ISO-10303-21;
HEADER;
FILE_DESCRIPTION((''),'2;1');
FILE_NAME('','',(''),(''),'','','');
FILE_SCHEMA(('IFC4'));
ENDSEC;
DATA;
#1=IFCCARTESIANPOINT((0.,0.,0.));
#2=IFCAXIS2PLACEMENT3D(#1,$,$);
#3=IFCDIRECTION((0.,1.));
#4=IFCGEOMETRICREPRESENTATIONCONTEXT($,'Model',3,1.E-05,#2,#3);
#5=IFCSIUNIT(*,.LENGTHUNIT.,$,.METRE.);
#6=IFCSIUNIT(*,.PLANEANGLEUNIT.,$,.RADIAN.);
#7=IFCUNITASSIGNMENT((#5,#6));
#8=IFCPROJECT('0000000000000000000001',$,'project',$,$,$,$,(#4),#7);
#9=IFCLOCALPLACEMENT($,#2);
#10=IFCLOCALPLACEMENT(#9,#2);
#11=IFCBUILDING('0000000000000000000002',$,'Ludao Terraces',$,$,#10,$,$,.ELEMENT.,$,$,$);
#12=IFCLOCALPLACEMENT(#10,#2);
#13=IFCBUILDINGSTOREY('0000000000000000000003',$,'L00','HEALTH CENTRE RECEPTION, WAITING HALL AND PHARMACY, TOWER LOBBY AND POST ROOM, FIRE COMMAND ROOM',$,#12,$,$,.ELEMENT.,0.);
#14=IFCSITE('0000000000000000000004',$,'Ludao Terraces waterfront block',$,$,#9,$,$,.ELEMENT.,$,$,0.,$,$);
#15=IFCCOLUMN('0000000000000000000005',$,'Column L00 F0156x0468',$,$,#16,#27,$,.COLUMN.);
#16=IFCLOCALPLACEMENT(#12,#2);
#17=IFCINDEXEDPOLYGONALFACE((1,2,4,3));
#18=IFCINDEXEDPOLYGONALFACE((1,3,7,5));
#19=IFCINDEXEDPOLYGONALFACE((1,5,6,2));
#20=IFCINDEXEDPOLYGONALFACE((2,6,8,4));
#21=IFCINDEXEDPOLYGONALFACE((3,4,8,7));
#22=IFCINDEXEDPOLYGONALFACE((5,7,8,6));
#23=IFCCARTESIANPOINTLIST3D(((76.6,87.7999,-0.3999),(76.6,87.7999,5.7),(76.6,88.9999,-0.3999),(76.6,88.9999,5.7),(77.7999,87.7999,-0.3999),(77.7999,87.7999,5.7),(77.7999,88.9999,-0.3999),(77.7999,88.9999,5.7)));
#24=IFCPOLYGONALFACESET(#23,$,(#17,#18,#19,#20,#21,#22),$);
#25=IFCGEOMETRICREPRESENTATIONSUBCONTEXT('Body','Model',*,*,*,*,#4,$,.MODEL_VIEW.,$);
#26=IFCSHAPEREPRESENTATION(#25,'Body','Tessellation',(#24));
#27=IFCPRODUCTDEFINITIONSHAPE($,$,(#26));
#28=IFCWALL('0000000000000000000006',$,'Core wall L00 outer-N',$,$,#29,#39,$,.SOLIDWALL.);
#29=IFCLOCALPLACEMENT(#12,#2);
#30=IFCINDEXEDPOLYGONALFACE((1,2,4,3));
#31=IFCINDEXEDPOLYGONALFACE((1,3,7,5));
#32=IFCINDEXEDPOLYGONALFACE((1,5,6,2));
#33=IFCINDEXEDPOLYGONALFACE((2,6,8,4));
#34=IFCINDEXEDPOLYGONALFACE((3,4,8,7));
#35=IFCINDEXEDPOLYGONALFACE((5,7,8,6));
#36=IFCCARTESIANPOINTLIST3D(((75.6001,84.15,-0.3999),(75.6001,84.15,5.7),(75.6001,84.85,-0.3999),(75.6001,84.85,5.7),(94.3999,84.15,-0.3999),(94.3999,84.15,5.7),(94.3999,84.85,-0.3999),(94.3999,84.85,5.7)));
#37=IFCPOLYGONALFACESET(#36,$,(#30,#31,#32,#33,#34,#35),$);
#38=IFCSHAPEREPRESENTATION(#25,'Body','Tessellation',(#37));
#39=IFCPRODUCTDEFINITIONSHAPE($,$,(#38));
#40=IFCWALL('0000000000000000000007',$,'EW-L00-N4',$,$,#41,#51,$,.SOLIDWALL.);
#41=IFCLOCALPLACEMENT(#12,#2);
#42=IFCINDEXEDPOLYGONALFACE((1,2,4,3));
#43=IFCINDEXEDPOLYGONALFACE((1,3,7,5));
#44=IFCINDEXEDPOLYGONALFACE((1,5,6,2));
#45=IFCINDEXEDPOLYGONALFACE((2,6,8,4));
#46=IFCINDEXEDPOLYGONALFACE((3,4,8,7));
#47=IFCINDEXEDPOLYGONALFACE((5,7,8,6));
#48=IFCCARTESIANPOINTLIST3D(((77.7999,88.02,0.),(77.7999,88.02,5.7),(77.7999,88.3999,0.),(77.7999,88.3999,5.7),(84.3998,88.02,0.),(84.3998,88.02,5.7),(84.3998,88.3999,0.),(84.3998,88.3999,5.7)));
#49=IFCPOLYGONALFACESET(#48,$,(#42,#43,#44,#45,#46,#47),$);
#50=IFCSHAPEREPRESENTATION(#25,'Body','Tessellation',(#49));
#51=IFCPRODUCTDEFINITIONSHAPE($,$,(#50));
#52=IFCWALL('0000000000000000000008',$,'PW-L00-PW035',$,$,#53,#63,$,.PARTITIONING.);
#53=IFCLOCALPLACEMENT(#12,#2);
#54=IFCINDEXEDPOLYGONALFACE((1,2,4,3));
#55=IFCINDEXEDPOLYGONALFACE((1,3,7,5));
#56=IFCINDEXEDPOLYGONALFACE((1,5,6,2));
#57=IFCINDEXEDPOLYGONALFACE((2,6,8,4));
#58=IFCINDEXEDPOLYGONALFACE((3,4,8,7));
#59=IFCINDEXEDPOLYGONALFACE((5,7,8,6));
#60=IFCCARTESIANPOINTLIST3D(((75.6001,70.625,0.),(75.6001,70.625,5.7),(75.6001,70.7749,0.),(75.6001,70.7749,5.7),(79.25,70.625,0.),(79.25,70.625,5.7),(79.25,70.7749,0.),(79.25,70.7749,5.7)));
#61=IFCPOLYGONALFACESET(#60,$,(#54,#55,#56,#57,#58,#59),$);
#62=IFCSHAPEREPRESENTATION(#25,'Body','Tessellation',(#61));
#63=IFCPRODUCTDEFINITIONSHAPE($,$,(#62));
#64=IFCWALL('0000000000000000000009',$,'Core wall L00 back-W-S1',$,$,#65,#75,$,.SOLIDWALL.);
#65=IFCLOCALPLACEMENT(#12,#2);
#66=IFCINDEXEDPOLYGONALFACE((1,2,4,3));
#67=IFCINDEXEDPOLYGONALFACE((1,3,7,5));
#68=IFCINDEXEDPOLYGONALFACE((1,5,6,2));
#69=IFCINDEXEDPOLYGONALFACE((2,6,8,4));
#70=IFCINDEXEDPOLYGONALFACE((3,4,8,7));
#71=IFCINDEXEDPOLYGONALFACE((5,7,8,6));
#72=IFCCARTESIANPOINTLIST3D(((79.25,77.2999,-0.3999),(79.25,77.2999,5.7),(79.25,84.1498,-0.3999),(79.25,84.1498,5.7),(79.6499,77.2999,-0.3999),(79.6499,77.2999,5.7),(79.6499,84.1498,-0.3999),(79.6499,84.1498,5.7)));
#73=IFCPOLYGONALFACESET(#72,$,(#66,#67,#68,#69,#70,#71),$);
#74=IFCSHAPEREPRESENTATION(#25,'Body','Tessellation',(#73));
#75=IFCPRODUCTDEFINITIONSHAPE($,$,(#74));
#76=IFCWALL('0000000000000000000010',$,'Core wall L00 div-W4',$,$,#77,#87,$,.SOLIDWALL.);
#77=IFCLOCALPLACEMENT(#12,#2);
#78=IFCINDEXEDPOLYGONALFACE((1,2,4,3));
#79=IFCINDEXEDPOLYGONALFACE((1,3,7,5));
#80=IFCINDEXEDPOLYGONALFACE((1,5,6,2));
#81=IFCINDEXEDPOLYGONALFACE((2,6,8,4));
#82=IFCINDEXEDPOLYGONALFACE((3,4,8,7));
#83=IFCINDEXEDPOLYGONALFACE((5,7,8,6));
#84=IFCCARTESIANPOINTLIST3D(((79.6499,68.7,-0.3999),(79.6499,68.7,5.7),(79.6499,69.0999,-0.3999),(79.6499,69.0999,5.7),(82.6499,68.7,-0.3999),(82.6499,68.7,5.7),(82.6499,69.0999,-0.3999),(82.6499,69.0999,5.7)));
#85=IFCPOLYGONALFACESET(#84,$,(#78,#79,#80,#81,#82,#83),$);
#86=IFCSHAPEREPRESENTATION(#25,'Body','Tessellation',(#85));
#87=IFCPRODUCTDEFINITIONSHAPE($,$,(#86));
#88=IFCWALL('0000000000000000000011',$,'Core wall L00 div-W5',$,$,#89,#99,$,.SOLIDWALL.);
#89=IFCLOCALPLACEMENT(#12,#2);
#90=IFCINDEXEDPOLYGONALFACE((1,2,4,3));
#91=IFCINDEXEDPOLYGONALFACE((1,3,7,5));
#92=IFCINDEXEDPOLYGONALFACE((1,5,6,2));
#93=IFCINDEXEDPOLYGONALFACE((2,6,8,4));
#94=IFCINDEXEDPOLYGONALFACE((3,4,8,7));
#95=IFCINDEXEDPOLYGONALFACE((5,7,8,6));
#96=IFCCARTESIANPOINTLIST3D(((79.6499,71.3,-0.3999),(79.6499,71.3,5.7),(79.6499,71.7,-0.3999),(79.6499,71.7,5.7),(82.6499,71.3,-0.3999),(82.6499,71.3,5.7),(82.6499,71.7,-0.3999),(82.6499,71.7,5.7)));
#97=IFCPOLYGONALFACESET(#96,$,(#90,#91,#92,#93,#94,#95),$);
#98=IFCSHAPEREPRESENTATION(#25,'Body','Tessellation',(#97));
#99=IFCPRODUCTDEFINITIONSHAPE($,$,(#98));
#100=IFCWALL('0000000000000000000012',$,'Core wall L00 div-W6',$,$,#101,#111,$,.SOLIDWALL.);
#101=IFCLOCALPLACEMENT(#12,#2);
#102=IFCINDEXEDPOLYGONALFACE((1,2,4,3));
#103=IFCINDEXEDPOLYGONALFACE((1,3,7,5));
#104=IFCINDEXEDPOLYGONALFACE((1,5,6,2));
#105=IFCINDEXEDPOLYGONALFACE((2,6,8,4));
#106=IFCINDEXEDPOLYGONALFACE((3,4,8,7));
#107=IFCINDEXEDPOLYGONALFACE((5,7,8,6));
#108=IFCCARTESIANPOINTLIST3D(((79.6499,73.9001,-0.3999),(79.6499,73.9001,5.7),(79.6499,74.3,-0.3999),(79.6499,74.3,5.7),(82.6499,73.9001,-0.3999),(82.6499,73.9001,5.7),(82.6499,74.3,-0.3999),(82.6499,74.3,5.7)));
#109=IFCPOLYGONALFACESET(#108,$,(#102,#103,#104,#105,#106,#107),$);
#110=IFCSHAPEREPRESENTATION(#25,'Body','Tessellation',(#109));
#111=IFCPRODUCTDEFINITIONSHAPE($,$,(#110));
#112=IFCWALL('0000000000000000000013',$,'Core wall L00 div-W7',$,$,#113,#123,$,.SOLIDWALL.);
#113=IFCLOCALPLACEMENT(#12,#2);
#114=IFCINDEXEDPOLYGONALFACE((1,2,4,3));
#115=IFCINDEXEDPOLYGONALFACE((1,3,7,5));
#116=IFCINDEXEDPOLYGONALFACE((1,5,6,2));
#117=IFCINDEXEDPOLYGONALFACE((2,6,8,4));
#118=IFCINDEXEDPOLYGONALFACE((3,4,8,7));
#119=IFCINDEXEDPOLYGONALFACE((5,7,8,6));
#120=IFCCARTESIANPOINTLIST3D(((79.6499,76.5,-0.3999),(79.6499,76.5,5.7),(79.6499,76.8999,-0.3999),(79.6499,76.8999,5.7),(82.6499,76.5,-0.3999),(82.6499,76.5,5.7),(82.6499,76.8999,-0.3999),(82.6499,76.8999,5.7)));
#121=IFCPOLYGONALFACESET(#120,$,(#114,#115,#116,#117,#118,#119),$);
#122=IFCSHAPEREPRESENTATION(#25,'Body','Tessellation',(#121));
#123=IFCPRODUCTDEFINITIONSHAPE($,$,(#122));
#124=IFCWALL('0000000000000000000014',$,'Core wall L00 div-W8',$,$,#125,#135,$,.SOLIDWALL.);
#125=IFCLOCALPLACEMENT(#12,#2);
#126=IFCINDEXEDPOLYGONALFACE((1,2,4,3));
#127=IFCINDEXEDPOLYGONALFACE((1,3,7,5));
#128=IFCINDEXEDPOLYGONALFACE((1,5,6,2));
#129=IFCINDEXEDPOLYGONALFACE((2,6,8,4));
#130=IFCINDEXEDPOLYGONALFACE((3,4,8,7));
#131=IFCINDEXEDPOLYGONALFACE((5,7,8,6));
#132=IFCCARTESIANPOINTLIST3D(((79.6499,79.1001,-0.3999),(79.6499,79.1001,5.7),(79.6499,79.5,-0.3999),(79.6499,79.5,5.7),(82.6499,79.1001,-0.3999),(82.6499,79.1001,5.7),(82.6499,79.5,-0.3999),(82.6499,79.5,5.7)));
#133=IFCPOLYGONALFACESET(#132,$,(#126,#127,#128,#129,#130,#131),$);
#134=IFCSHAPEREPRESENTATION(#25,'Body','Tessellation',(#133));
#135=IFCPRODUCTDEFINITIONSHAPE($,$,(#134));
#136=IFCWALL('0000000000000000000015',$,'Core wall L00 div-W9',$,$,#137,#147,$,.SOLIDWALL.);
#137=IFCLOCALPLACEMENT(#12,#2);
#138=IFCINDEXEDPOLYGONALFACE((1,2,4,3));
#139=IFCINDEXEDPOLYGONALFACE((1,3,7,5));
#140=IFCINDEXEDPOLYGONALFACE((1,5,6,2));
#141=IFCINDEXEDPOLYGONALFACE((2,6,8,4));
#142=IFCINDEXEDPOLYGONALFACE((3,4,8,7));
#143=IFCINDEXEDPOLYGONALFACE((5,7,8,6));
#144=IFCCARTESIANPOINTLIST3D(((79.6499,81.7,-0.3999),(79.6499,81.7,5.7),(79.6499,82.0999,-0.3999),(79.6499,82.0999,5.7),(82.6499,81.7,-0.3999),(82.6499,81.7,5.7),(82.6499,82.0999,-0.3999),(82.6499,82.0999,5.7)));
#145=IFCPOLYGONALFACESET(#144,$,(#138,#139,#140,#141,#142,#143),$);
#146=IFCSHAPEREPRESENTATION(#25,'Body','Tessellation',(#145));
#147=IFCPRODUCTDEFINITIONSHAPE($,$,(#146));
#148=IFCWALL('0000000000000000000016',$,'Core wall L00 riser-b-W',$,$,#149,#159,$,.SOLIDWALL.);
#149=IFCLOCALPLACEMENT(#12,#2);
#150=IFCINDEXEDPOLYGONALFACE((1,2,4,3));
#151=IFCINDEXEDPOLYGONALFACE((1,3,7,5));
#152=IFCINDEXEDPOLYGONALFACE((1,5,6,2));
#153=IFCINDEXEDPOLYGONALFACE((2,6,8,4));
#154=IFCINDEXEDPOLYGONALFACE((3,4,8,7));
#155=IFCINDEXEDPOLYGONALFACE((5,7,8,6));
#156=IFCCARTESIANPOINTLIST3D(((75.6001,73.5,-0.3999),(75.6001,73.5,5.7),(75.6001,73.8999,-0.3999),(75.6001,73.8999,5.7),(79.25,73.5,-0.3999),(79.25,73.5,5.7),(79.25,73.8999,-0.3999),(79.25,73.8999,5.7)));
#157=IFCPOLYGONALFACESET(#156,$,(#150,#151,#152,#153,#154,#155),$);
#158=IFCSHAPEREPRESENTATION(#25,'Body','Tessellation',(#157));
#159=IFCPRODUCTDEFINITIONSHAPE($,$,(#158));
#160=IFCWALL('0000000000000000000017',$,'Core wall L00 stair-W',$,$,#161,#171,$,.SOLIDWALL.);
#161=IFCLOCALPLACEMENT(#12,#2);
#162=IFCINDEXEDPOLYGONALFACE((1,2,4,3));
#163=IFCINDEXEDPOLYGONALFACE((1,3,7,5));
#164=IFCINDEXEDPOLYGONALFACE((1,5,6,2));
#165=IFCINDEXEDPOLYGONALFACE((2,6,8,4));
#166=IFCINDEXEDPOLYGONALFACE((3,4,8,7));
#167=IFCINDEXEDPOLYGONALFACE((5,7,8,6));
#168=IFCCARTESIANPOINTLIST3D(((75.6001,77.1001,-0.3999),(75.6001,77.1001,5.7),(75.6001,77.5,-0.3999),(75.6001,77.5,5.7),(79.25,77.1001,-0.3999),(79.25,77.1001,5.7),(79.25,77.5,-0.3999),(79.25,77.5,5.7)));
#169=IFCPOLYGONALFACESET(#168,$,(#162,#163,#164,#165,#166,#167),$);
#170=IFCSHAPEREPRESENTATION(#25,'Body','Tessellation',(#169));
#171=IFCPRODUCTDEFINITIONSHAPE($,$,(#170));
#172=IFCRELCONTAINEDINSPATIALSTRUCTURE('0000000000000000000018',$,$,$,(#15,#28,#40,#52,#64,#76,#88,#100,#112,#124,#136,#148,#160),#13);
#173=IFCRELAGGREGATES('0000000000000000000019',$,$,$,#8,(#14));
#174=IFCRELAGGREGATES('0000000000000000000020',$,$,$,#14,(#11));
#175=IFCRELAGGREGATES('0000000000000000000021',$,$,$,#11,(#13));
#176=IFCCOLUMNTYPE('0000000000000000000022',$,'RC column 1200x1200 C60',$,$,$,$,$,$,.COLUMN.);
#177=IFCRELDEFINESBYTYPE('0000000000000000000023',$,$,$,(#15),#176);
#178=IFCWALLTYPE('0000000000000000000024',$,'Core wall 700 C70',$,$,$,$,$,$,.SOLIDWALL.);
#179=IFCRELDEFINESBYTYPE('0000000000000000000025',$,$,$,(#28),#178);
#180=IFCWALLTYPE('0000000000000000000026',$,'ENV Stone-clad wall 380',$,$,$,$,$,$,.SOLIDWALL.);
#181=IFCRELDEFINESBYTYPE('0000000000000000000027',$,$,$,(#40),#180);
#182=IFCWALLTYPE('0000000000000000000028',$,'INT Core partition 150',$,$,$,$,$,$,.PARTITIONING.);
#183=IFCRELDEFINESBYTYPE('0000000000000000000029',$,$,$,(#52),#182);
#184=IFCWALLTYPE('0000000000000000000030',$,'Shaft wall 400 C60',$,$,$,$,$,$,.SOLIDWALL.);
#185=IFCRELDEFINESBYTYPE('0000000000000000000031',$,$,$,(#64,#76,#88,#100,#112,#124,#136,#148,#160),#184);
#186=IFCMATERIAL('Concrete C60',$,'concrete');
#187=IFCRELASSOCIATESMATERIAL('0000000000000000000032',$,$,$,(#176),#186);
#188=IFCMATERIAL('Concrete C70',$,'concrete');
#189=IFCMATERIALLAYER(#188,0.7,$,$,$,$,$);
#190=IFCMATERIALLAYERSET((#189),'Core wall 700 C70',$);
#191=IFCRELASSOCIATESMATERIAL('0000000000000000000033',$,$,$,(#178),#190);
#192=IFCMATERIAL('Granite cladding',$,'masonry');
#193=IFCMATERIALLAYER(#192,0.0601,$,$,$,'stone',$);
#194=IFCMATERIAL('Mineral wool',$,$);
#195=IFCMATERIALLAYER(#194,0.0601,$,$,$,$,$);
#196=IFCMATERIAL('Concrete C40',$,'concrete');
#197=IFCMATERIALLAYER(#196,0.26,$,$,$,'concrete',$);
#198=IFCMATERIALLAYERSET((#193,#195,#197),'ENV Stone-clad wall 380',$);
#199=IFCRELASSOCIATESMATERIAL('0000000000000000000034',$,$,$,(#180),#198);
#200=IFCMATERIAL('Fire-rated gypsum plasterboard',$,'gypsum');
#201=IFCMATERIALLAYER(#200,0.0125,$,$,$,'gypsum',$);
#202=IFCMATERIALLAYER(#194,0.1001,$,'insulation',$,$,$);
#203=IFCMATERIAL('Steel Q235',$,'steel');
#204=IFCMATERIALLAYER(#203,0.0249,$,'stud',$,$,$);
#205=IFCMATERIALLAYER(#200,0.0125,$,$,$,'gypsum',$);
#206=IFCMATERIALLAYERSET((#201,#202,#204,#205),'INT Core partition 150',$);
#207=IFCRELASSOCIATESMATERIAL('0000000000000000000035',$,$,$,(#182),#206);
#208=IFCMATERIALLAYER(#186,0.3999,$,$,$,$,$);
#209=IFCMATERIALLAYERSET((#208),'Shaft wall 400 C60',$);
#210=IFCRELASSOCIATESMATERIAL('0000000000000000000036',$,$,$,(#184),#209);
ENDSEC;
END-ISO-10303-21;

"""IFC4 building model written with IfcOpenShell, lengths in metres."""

from ifc_helpers import new_model, si_unit, direction, frame, frame_2d, origin, origin_2d, place, context, subcontext, project, spatial, rectangle, extrude, material, layer, layer_set, material_profile, profile_set, type_object, element, save


model = new_model("IFC4")

# Units and contexts
model_context = context("Model", 3, precision=1e-05, world=origin(), true_north=direction((0.0, 1.0)))
body_context = subcontext(model_context, "Body", "Model", "MODEL_VIEW")
ifc_project = project(units=[si_unit("LENGTHUNIT", "METRE"), si_unit("PLANEANGLEUNIT", "RADIAN")], contexts=[model_context])

# Site, building, storey
site_placement = place(None, origin())
site = spatial("IfcSite", under=ifc_project, at=site_placement, Name="Ludao Terraces waterfront block", CompositionType="ELEMENT", RefElevation=0.0)
building_placement = place(site_placement, origin())
building = spatial("IfcBuilding", under=site, at=building_placement, Name="Ludao Terraces", CompositionType="ELEMENT")
storey_placement = place(building_placement, origin())
storey = spatial("IfcBuildingStorey", under=building, at=storey_placement, Name="L00", Description="HEALTH CENTRE RECEPTION, WAITING HALL AND PHARMACY, TOWER LOBBY AND POST ROOM, FIRE COMMAND ROOM", CompositionType="ELEMENT", Elevation=0.0)

# Column
ifc_material_1 = material(Name="Concrete C60", Category="concrete")
ifc_material_profile = material_profile(ifc_material_1, rectangle(XDim=1.2, YDim=1.2, at=origin_2d()), Name="1200 X 1200")
ifc_profile_set = profile_set([ifc_material_profile], Name="Concrete C60")
column_type = type_object("IfcColumnType", Name="RC column 1200x1200 C60", PredefinedType="COLUMN", material=ifc_profile_set)
column_placement = place(storey_placement, frame((77.2, 88.3999, -0.3999), z_axis=(0.0, 0.0, 1.0), x_axis=(1.0, 0.0, 0.0)))
element("IfcColumn", 1, at=column_placement, inside=storey, type_object=column_type, Name="Column L00 F0156x0468", PredefinedType="COLUMN", context=body_context, shape_type="SweptSolid", body=[
    extrude(rectangle(XDim=1.2, YDim=1.2, at=origin_2d()), origin(), (0.0, 0.0, 1.0), 6.0999),
])

# Walls
ifc_material_2 = material(Name="Concrete C70", Category="concrete")
ifc_layer_1 = layer(ifc_material_2, 0.7)
ifc_layer_set_1 = layer_set([ifc_layer_1], Name="Core wall 700 C70")
wall_type_1 = type_object("IfcWallType", Name="Core wall 700 C70", PredefinedType="SOLIDWALL", material=ifc_layer_set_1)
wall_1_placement = place(storey_placement, frame((75.6001, 84.5, -0.3999), z_axis=(0.0, 0.0, 1.0), x_axis=(1.0, 0.0, 0.0)))
element("IfcWall", 2, at=wall_1_placement, inside=storey, type_object=wall_type_1, Name="Core wall L00 outer-N", PredefinedType="SOLIDWALL", context=body_context, shape_type="SweptSolid", body=[
    extrude(rectangle(XDim=18.7998, YDim=0.7, at=frame_2d((9.3999, 0.0))), origin(), (0.0, 0.0, 1.0), 6.0999),
])
ifc_material_3 = material(Name="Granite cladding", Category="masonry")
ifc_layer_2 = layer(ifc_material_3, 0.0601, Category="stone")
ifc_material_4 = material(Name="Mineral wool")
ifc_layer_3 = layer(ifc_material_4, 0.0601)
ifc_material_5 = material(Name="Concrete C40", Category="concrete")
ifc_layer_4 = layer(ifc_material_5, 0.26, Category="concrete")
ifc_layer_set_2 = layer_set([ifc_layer_2, ifc_layer_3, ifc_layer_4], Name="ENV Stone-clad wall 380")
wall_type_2 = type_object("IfcWallType", Name="ENV Stone-clad wall 380", PredefinedType="SOLIDWALL", material=ifc_layer_set_2)
wall_2_placement = place(storey_placement, frame((77.8, 88.21, 0.0), z_axis=(0.0, 0.0, 1.0), x_axis=(1.0, 0.0, 0.0)))
element("IfcWall", 3, at=wall_2_placement, inside=storey, type_object=wall_type_2, Name="EW-L00-N4", PredefinedType="SOLIDWALL", context=body_context, shape_type="SweptSolid", body=[
    extrude(rectangle(XDim=6.5999, YDim=0.3799, at=frame_2d((3.2998, 0.0))), origin(), (0.0, 0.0, 1.0), 5.7),
])
ifc_material_6 = material(Name="Fire-rated gypsum plasterboard", Category="gypsum")
ifc_layer_5 = layer(ifc_material_6, 0.0125, Category="gypsum")
ifc_layer_6 = layer(ifc_material_4, 0.1001, Name="insulation")
ifc_material_7 = material(Name="Steel Q235", Category="steel")
ifc_layer_7 = layer(ifc_material_7, 0.0249, Name="stud")
ifc_layer_8 = layer(ifc_material_6, 0.0125, Category="gypsum")
ifc_layer_set_3 = layer_set([ifc_layer_5, ifc_layer_6, ifc_layer_7, ifc_layer_8], Name="INT Core partition 150")
wall_type_3 = type_object("IfcWallType", Name="INT Core partition 150", PredefinedType="PARTITIONING", material=ifc_layer_set_3)
wall_3_placement = place(storey_placement, frame((75.6001, 70.7, 0.0), z_axis=(0.0, 0.0, 1.0), x_axis=(1.0, 0.0, 0.0)))
element("IfcWall", 4, at=wall_3_placement, inside=storey, type_object=wall_type_3, Name="PW-L00-PW035", PredefinedType="PARTITIONING", context=body_context, shape_type="SweptSolid", body=[
    extrude(rectangle(XDim=3.6499, YDim=0.1499, at=frame_2d((1.825, 0.0))), origin(), (0.0, 0.0, 1.0), 5.7),
])
ifc_layer_9 = layer(ifc_material_1, 0.3999)
ifc_layer_set_4 = layer_set([ifc_layer_9], Name="Shaft wall 400 C60")
wall_type_4 = type_object("IfcWallType", Name="Shaft wall 400 C60", PredefinedType="SOLIDWALL", material=ifc_layer_set_4)
wall_4_placement = place(storey_placement, frame((79.45, 77.3, -0.3999), z_axis=(0.0, 0.0, 1.0), x_axis=(0.0, 1.0, 0.0)))
element("IfcWall", 5, at=wall_4_placement, inside=storey, type_object=wall_type_4, Name="Core wall L00 back-W-S1", PredefinedType="SOLIDWALL", context=body_context, shape_type="SweptSolid", body=[
    extrude(rectangle(XDim=6.8499, YDim=0.3999, at=frame_2d((3.4248, 0.0))), origin(), (0.0, 0.0, 1.0), 6.0999),
])
for number, where, z_axis, x_axis, name in (
    (6, (79.6499, 68.8999, -0.3999), (0.0, 0.0, 1.0), (1.0, 0.0, 0.0), "Core wall L00 div-W4"),
    (7, (79.6499, 71.5, -0.3999), (0.0, 0.0, 1.0), (1.0, 0.0, 0.0), "Core wall L00 div-W5"),
    (8, (79.6499, 74.1001, -0.3999), (0.0, 0.0, 1.0), (1.0, 0.0, 0.0), "Core wall L00 div-W6"),
    (9, (79.6499, 76.7, -0.3999), (0.0, 0.0, 1.0), (1.0, 0.0, 0.0), "Core wall L00 div-W7"),
    (10, (79.6499, 79.3, -0.3999), (0.0, 0.0, 1.0), (1.0, 0.0, 0.0), "Core wall L00 div-W8"),
    (11, (79.6499, 81.8999, -0.3999), (0.0, 0.0, 1.0), (1.0, 0.0, 0.0), "Core wall L00 div-W9"),
):
    element("IfcWall", number, at=place(storey_placement, frame(where, z_axis=z_axis, x_axis=x_axis)), inside=storey, type_object=wall_type_4, Name=name, PredefinedType="SOLIDWALL", context=body_context, shape_type="SweptSolid", body=[
        extrude(rectangle(XDim=3.0, YDim=0.3999, at=frame_2d((1.5, 0.0))), origin(), (0.0, 0.0, 1.0), 6.0999),
    ])
for number, where, z_axis, x_axis, name in (
    (12, (75.6001, 73.7, -0.3999), (0.0, 0.0, 1.0), (1.0, 0.0, 0.0), "Core wall L00 riser-b-W"),
    (13, (75.6001, 77.3, -0.3999), (0.0, 0.0, 1.0), (1.0, 0.0, 0.0), "Core wall L00 stair-W"),
):
    element("IfcWall", number, at=place(storey_placement, frame(where, z_axis=z_axis, x_axis=x_axis)), inside=storey, type_object=wall_type_4, Name=name, PredefinedType="SOLIDWALL", context=body_context, shape_type="SweptSolid", body=[
        extrude(rectangle(XDim=3.6499, YDim=0.3999, at=frame_2d((1.825, 0.0))), origin(), (0.0, 0.0, 1.0), 6.0999),
    ])

save(model, "model.ifc")
